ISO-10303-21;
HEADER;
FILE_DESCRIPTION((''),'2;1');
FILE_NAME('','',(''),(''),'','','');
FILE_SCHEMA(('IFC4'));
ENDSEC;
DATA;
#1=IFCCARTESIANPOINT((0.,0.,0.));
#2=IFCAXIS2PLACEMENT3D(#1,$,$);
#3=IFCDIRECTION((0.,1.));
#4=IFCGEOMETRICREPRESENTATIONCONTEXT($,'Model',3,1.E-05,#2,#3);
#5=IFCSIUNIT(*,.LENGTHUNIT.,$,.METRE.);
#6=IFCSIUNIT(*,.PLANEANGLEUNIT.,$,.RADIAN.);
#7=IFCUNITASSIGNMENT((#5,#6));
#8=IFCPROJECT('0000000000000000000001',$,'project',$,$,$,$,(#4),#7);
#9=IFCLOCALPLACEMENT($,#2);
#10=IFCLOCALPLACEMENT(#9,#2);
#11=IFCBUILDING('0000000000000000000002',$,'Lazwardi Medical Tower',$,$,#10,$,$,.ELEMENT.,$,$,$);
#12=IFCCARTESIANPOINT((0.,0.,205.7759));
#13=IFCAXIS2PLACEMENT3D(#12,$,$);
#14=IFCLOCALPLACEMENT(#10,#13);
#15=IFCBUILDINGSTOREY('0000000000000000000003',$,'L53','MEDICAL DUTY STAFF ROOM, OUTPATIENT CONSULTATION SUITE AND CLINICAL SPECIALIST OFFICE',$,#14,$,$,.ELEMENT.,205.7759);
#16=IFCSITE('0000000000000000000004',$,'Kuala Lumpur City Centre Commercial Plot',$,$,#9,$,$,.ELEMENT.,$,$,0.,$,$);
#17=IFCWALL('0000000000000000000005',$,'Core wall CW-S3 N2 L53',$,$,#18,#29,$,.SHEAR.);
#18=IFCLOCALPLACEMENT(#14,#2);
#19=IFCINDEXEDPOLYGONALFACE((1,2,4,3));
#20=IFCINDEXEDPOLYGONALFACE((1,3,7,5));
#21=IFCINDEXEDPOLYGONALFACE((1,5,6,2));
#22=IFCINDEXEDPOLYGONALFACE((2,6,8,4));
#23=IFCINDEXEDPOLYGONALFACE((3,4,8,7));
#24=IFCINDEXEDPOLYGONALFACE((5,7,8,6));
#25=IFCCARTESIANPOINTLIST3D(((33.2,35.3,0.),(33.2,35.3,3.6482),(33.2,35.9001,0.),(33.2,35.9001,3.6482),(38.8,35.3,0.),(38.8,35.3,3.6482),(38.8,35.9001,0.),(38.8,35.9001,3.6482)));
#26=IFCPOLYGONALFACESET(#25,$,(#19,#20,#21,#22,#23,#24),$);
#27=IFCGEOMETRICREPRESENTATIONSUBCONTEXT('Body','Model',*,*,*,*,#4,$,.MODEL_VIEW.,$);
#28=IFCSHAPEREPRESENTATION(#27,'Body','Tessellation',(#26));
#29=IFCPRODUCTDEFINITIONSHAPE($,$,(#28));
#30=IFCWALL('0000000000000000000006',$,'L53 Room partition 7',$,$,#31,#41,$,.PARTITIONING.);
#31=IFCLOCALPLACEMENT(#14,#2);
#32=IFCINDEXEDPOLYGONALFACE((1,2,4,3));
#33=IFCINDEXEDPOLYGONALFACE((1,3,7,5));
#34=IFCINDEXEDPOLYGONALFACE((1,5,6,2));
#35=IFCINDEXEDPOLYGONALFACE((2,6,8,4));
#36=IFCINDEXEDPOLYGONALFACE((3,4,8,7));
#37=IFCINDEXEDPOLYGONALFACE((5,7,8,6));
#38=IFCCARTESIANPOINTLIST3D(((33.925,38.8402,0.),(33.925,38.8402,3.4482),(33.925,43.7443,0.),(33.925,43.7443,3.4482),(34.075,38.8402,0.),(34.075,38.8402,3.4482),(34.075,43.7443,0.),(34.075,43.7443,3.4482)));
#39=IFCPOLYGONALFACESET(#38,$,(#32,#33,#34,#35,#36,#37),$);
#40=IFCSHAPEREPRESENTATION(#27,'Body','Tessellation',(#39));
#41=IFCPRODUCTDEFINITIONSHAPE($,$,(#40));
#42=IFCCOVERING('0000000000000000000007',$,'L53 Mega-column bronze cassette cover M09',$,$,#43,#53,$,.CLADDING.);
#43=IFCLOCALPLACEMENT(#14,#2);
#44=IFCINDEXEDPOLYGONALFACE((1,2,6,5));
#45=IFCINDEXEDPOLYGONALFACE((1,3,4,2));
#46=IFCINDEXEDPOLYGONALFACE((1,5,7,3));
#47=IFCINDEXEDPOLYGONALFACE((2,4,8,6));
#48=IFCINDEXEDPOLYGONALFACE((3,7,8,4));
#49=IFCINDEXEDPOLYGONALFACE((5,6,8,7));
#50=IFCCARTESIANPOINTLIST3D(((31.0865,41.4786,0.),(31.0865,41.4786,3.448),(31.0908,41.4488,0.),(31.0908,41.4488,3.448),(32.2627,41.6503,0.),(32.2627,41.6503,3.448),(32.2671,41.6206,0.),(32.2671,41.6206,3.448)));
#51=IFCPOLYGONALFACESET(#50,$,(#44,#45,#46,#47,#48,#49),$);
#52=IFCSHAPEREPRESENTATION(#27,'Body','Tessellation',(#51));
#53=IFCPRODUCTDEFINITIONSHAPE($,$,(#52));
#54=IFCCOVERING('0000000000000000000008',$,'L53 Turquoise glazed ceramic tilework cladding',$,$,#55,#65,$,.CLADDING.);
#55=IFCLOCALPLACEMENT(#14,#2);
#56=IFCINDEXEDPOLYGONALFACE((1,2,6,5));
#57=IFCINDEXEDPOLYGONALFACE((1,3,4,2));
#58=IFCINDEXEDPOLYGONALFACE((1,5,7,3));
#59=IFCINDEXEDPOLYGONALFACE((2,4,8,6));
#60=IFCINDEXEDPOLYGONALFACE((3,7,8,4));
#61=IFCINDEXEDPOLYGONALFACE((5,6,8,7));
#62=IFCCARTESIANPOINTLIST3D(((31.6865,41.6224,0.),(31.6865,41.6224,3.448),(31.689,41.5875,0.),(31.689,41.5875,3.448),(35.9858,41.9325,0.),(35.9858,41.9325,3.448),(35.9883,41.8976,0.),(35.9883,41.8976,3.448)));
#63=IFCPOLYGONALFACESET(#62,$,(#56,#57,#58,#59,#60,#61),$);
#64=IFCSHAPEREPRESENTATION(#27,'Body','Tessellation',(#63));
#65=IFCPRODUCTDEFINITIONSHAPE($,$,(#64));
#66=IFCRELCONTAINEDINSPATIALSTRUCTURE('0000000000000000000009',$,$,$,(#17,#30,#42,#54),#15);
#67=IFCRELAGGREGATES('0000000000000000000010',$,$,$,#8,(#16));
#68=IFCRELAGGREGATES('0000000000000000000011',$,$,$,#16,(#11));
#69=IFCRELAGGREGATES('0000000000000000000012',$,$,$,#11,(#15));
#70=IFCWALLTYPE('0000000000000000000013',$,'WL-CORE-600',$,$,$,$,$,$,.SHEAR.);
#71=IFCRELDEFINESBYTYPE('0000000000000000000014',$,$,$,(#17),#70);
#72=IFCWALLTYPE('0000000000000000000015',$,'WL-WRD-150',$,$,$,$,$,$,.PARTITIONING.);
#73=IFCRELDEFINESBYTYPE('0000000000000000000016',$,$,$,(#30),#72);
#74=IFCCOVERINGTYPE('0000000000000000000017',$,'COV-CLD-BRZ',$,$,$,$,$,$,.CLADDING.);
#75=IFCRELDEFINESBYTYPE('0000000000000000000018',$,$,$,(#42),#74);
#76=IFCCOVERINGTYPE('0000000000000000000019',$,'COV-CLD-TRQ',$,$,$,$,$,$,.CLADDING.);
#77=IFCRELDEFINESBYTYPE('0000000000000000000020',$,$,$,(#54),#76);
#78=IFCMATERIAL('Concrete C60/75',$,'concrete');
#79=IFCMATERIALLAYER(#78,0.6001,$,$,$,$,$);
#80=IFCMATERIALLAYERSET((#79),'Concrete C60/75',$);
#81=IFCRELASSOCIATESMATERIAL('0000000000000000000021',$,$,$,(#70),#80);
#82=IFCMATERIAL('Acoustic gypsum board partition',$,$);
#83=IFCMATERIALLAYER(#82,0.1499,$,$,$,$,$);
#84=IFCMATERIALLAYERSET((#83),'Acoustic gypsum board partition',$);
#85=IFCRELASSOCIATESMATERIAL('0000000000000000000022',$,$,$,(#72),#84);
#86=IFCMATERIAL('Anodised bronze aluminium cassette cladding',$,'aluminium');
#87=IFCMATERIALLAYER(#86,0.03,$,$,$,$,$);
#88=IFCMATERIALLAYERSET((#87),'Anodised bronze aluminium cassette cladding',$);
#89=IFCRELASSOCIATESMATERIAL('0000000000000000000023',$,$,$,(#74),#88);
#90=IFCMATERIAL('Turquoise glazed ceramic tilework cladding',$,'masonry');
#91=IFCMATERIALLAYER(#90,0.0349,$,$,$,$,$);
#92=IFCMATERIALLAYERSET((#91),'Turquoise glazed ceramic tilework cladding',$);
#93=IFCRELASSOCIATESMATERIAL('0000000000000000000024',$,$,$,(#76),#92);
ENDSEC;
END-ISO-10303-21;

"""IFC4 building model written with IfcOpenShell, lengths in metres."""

from ifc_helpers import new_model, si_unit, direction, frame, frame_2d, origin, origin_2d, place, context, subcontext, project, spatial, rectangle, extrude, material, layer, layer_set, type_object, element, save


model = new_model("IFC4")

# Units and contexts
model_context = context("Model", 3, precision=1e-05, world=origin(), true_north=direction((0.0, 1.0)))
body_context = subcontext(model_context, "Body", "Model", "MODEL_VIEW")
ifc_project = project(units=[si_unit("LENGTHUNIT", "METRE"), si_unit("PLANEANGLEUNIT", "RADIAN")], contexts=[model_context])

# Site, building, storey
site_placement = place(None, origin())
site = spatial("IfcSite", under=ifc_project, at=site_placement, Name="Kuala Lumpur City Centre Commercial Plot", CompositionType="ELEMENT", RefElevation=0.0)
building_placement = place(site_placement, origin())
building = spatial("IfcBuilding", under=site, at=building_placement, Name="Lazwardi Medical Tower", CompositionType="ELEMENT")
storey_placement = place(building_placement, frame((0.0, 0.0, 205.7759)))
storey = spatial("IfcBuildingStorey", under=building, at=storey_placement, Name="L53", Description="MEDICAL DUTY STAFF ROOM, OUTPATIENT CONSULTATION SUITE AND CLINICAL SPECIALIST OFFICE", CompositionType="ELEMENT", Elevation=205.7759)

# Shared definitions
ifc_material_1 = material(Name="Concrete C60/75", Category="concrete")

# Walls
ifc_layer_1 = layer(ifc_material_1, 0.6001)
ifc_layer_set_1 = layer_set([ifc_layer_1], Name="Concrete C60/75")
wall_type_1 = type_object("IfcWallType", Name="WL-CORE-600", PredefinedType="SHEAR", material=ifc_layer_set_1)
wall_1_placement = place(storey_placement, frame((33.2, 35.6001, 0.0), z_axis=(0.0, 0.0, 1.0), x_axis=(1.0, 0.0, 0.0)))
element("IfcWall", 1, at=wall_1_placement, inside=storey, type_object=wall_type_1, Name="Core wall CW-S3 N2 L53", PredefinedType="SHEAR", context=body_context, shape_type="SweptSolid", body=[
    extrude(rectangle(XDim=5.6001, YDim=0.6001, at=frame_2d((2.8, 0.0))), origin(), (0.0, 0.0, 1.0), 3.6482),
])
ifc_material_2 = material(Name="Acoustic gypsum board partition")
ifc_layer_2 = layer(ifc_material_2, 0.1499)
ifc_layer_set_2 = layer_set([ifc_layer_2], Name="Acoustic gypsum board partition")
wall_type_2 = type_object("IfcWallType", Name="WL-WRD-150", PredefinedType="PARTITIONING", material=ifc_layer_set_2)
wall_2_placement = place(storey_placement, frame((34.0, 38.8401, 0.0), z_axis=(0.0, 0.0, 1.0), x_axis=(0.0, 1.0, 0.0)))
element("IfcWall", 2, at=wall_2_placement, inside=storey, type_object=wall_type_2, Name="L53 Room partition 7", PredefinedType="PARTITIONING", context=body_context, shape_type="SweptSolid", body=[
    extrude(rectangle(XDim=4.9041, YDim=0.1499, at=frame_2d((2.4521, 0.0))), origin(), (0.0, 0.0, 1.0), 3.4482),
])

# Coverings
ifc_material_3 = material(Name="Anodised bronze aluminium cassette cladding", Category="aluminium")
ifc_layer_3 = layer(ifc_material_3, 0.03)
ifc_layer_set_3 = layer_set([ifc_layer_3], Name="Anodised bronze aluminium cassette cladding")
covering_type_1 = type_object("IfcCoveringType", Name="COV-CLD-BRZ", PredefinedType="CLADDING", material=ifc_layer_set_3)
covering_1_placement = place(storey_placement, frame((31.6768, 41.5496, 0.0), z_axis=(0.0, 0.0, 1.0), x_axis=(-0.989512, -0.144448, 0.0)))
element("IfcCovering", 3, at=covering_1_placement, inside=storey, type_object=covering_type_1, Name="L53 Mega-column bronze cassette cover M09", PredefinedType="CLADDING", context=body_context, shape_type="SweptSolid", body=[
    extrude(rectangle(XDim=1.1887, YDim=0.03, at=origin_2d()), origin(), (0.0, 0.0, 1.0), 3.448),
])
ifc_material_4 = material(Name="Turquoise glazed ceramic tilework cladding", Category="masonry")
ifc_layer_4 = layer(ifc_material_4, 0.0349)
ifc_layer_set_4 = layer_set([ifc_layer_4], Name="Turquoise glazed ceramic tilework cladding")
covering_type_2 = type_object("IfcCoveringType", Name="COV-CLD-TRQ", PredefinedType="CLADDING", material=ifc_layer_set_4)
covering_2_placement = place(storey_placement, frame((33.8374, 41.76, 0.0), z_axis=(0.0, 0.0, 1.0), x_axis=(-0.997409, -0.07194, 0.0)))
element("IfcCovering", 4, at=covering_2_placement, inside=storey, type_object=covering_type_2, Name="L53 Turquoise glazed ceramic tilework cladding", PredefinedType="CLADDING", context=body_context, shape_type="SweptSolid", body=[
    extrude(rectangle(XDim=4.3105, YDim=0.0349, at=origin_2d()), origin(), (0.0, 0.0, 1.0), 3.448),
])

save(model, "model.ifc")
